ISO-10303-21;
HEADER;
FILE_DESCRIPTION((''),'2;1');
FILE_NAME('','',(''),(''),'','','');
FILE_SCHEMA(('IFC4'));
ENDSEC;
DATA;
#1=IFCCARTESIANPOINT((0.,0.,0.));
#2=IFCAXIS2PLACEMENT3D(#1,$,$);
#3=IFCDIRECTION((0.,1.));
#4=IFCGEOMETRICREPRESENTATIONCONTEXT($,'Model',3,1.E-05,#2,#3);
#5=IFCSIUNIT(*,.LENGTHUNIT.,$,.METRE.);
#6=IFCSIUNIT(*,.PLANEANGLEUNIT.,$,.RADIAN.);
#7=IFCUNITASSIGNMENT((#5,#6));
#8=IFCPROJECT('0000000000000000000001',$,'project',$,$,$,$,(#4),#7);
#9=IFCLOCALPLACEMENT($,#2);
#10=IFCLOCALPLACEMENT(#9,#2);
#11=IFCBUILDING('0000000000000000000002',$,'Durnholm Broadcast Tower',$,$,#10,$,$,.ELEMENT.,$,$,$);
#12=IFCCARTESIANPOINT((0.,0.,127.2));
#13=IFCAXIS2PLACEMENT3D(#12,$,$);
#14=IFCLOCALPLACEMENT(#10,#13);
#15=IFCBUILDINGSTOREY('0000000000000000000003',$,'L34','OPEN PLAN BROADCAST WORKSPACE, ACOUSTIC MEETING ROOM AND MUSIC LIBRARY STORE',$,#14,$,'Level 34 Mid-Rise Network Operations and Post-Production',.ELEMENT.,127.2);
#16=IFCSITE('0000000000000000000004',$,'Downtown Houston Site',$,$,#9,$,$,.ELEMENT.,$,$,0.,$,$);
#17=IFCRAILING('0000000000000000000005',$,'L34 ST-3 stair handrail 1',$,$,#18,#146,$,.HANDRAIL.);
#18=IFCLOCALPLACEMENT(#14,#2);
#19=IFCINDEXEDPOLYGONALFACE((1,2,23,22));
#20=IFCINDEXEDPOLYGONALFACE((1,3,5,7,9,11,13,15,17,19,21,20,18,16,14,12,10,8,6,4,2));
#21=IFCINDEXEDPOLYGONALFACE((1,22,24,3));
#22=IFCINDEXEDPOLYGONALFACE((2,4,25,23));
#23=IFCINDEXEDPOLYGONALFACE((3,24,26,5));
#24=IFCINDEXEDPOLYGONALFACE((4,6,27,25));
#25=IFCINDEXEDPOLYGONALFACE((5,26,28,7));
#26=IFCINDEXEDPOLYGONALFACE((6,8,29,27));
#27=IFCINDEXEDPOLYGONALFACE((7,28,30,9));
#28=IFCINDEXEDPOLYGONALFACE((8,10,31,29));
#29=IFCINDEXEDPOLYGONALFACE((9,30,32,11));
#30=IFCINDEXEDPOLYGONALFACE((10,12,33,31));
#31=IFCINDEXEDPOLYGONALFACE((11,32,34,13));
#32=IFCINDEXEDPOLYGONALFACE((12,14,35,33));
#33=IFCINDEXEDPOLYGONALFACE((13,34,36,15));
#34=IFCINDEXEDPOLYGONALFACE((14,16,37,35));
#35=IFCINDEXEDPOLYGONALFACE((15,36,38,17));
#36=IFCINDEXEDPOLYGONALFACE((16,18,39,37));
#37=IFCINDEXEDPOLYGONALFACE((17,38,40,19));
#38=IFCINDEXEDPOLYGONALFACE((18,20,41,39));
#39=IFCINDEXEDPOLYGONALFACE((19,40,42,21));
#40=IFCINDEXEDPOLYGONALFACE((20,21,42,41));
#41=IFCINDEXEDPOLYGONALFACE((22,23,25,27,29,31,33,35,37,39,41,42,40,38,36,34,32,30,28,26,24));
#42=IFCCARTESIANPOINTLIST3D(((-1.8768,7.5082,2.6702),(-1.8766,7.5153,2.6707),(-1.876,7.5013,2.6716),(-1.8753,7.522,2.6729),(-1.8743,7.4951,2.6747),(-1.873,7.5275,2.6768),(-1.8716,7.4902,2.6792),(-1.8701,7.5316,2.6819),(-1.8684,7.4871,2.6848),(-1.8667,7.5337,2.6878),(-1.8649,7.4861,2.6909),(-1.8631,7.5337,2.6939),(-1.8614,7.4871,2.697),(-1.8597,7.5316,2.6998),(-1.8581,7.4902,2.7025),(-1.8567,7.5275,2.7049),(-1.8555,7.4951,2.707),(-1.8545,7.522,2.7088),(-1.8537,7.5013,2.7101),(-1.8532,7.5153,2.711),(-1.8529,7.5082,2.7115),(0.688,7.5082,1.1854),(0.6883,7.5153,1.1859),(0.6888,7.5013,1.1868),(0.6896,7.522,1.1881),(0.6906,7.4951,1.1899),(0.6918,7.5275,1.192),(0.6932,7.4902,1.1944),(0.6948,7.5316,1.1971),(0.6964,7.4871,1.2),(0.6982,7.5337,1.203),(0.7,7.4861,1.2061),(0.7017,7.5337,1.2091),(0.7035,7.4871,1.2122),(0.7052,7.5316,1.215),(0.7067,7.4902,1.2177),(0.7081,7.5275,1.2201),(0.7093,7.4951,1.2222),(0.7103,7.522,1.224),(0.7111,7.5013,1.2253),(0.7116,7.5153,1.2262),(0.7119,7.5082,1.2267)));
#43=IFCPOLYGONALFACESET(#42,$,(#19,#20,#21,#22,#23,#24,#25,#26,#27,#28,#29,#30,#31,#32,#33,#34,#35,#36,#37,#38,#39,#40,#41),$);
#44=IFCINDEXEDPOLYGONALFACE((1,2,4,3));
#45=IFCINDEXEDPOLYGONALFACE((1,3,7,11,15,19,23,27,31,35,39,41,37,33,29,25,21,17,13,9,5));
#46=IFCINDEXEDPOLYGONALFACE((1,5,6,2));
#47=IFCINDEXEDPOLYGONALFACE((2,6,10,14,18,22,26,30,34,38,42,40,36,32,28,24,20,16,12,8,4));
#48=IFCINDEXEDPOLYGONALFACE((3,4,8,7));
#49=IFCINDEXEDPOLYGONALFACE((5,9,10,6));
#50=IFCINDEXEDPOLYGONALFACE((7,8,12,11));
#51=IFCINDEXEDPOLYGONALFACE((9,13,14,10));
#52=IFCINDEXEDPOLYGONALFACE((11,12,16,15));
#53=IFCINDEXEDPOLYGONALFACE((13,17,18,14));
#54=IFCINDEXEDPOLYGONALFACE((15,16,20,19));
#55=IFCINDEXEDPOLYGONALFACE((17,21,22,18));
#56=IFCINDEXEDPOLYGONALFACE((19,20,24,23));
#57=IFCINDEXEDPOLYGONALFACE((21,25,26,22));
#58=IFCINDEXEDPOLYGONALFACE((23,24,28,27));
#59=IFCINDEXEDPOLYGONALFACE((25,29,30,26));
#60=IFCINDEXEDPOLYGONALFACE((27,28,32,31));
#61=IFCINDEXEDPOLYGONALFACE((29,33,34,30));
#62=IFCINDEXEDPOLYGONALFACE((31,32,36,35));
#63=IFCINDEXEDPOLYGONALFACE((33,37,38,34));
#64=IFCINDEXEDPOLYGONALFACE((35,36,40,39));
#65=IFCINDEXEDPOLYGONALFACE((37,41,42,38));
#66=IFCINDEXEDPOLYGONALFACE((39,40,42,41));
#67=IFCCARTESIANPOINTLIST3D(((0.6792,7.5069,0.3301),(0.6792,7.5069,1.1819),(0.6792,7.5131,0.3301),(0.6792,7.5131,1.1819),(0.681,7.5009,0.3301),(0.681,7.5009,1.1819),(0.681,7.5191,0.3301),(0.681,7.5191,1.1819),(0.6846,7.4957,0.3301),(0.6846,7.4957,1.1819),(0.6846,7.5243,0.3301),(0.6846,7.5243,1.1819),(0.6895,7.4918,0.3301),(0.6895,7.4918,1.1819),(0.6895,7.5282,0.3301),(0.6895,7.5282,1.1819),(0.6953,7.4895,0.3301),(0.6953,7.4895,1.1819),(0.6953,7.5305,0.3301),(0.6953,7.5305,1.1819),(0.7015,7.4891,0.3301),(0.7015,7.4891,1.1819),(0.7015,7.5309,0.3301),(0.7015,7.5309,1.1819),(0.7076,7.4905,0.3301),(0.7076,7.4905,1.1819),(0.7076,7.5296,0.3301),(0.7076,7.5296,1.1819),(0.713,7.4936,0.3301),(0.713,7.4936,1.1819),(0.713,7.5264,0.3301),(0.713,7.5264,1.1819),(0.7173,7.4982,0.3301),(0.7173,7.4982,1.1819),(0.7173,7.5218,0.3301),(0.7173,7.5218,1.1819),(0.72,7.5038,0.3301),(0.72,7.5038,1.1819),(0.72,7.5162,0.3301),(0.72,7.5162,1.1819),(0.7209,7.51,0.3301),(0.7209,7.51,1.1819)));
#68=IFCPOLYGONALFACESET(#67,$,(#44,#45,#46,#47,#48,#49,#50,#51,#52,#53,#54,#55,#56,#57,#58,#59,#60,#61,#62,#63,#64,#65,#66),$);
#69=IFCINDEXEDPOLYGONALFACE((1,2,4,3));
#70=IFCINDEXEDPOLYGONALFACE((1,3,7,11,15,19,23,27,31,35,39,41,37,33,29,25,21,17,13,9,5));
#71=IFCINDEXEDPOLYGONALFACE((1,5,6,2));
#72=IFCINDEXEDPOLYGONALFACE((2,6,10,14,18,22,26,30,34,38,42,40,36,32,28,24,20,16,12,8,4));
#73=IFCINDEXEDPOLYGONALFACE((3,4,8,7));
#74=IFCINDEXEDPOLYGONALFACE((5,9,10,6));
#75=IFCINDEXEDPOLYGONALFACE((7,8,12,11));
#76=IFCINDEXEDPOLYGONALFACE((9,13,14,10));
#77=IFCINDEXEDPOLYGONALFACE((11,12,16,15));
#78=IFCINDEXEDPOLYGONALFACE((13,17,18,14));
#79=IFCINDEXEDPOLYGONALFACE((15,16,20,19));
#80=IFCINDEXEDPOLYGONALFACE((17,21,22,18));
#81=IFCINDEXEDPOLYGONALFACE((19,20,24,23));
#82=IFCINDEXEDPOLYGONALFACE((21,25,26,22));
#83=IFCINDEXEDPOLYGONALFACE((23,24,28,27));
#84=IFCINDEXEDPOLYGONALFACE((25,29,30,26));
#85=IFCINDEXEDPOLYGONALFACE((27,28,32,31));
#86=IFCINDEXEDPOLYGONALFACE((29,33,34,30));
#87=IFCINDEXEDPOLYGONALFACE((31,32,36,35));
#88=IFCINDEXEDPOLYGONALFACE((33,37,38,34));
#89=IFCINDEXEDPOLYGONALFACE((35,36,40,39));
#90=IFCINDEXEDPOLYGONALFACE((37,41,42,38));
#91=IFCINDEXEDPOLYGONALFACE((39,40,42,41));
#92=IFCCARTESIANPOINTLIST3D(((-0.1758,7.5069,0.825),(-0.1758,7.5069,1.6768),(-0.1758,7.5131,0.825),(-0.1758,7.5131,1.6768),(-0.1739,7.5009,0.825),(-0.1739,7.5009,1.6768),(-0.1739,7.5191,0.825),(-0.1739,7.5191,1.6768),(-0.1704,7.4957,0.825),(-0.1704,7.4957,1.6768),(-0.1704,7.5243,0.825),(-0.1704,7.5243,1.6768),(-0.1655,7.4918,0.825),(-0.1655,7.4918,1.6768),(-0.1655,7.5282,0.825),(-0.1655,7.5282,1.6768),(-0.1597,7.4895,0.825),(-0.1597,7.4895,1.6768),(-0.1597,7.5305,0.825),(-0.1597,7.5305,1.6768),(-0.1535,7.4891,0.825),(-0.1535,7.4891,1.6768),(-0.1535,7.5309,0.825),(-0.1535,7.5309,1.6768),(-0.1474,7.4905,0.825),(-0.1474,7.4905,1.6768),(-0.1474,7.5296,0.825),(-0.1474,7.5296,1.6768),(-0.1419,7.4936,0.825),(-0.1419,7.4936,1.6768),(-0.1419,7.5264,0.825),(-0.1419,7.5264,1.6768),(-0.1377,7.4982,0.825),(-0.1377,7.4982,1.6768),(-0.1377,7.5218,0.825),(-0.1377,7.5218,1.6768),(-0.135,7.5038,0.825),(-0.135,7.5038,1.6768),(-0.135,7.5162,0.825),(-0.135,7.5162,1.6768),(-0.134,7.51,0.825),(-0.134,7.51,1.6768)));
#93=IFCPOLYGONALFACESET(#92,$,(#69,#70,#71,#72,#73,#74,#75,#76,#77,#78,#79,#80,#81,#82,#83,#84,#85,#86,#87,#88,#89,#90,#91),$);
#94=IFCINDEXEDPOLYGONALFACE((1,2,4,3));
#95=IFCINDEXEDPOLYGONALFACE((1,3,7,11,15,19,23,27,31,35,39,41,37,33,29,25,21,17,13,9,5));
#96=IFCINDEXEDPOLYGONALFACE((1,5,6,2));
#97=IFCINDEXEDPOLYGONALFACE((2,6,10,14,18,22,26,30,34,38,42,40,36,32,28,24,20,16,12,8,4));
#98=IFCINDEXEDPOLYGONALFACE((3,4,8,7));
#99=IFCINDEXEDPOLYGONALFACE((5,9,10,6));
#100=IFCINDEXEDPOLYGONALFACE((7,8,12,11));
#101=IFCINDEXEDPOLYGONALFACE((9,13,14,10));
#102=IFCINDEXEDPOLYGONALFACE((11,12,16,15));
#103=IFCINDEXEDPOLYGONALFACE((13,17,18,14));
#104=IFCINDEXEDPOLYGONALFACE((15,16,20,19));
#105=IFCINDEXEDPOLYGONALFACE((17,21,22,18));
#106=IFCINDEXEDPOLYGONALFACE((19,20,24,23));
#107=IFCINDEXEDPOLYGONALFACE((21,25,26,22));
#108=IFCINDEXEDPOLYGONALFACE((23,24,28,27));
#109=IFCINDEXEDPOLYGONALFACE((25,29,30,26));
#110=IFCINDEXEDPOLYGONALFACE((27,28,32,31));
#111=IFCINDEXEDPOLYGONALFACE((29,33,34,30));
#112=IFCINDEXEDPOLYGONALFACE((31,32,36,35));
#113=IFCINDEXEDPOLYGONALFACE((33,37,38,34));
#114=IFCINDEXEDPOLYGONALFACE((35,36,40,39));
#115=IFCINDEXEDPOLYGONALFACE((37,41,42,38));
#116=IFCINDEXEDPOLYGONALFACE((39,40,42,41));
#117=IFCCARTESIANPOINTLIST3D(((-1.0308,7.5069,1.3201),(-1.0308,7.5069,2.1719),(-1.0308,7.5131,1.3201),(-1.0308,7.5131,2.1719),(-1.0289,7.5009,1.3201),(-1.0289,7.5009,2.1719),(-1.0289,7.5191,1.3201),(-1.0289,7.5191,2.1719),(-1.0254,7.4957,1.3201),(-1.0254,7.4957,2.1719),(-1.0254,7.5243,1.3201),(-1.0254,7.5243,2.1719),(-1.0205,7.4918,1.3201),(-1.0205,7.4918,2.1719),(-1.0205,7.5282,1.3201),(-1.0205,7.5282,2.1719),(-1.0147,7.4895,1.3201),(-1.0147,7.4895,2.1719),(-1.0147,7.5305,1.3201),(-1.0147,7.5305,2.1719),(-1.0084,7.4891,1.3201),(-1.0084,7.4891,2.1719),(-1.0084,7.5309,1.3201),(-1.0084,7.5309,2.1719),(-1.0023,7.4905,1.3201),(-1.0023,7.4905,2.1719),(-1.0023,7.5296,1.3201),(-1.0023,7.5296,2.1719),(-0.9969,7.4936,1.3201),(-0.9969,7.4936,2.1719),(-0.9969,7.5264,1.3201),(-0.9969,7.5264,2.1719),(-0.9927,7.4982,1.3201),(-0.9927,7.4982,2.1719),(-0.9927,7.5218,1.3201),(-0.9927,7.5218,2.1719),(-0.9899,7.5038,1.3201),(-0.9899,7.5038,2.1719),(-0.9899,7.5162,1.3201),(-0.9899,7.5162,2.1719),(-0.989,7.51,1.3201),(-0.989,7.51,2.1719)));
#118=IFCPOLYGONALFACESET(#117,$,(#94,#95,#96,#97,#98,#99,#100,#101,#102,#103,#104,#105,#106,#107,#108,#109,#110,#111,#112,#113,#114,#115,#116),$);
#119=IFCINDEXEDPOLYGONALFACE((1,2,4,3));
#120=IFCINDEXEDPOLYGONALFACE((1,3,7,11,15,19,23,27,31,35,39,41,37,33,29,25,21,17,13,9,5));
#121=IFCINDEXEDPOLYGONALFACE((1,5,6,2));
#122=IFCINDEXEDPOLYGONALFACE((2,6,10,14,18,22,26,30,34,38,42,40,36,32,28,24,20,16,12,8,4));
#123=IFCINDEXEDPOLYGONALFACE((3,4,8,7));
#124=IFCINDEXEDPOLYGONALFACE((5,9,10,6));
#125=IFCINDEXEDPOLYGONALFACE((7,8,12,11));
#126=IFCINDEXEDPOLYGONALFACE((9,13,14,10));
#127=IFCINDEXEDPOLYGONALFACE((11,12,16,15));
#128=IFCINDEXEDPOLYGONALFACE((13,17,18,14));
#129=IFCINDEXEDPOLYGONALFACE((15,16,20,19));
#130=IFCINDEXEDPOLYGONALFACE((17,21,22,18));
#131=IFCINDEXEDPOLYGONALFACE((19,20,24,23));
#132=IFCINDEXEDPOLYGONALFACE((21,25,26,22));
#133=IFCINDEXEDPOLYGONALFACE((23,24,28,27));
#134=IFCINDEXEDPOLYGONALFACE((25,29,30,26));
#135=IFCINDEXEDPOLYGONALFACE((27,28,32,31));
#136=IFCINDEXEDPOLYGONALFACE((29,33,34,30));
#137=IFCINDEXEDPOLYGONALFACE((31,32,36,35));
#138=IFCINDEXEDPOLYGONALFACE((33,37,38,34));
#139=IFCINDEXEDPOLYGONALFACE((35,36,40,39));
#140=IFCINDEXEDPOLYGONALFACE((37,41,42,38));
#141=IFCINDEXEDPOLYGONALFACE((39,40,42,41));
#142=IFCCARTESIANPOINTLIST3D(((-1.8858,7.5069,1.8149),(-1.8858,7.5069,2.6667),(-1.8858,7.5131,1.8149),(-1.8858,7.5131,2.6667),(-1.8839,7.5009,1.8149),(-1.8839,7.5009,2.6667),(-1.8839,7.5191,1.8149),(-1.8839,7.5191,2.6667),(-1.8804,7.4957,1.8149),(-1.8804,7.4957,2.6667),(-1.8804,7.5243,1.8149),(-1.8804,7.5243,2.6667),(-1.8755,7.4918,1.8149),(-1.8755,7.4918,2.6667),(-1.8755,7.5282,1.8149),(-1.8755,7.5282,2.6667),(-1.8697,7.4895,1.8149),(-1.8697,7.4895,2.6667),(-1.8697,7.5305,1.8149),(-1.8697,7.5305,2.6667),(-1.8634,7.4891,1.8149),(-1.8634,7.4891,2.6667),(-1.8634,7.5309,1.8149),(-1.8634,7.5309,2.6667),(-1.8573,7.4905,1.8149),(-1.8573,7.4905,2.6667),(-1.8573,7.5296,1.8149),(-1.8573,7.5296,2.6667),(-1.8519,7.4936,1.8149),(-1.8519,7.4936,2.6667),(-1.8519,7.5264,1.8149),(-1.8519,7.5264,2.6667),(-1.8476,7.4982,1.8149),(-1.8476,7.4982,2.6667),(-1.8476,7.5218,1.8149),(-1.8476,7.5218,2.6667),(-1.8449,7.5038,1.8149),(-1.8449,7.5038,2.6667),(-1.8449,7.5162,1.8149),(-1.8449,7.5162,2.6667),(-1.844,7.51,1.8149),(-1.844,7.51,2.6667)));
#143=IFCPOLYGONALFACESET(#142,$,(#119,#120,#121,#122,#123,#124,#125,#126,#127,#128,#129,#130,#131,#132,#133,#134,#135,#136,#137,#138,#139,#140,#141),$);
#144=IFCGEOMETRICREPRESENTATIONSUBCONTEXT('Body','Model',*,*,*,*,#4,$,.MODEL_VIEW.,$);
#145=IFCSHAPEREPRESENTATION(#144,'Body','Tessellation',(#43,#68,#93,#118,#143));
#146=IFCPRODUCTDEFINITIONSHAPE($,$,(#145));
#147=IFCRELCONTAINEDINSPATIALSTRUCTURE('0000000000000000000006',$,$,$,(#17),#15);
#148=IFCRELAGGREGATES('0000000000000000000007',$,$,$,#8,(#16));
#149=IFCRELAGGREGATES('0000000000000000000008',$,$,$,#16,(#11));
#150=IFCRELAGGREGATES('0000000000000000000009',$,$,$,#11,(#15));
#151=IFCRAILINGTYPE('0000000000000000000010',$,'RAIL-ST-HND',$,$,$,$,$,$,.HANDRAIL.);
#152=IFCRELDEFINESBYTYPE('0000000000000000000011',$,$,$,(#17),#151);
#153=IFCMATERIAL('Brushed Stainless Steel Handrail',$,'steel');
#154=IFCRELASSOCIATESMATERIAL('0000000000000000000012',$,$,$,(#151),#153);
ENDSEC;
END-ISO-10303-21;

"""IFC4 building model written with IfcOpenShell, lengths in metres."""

from ifc_helpers import new_model, si_unit, direction, frame, origin, origin_2d, place, context, subcontext, project, spatial, circle, extrude, material, type_object, element, save


model = new_model("IFC4")

# Units and contexts
model_context = context("Model", 3, precision=1e-05, world=origin(), true_north=direction((0.0, 1.0)))
body_context = subcontext(model_context, "Body", "Model", "MODEL_VIEW")
ifc_project = project(units=[si_unit("LENGTHUNIT", "METRE"), si_unit("PLANEANGLEUNIT", "RADIAN")], contexts=[model_context])

# Site, building, storey
site_placement = place(None, origin())
site = spatial("IfcSite", under=ifc_project, at=site_placement, Name="Downtown Houston Site", CompositionType="ELEMENT", RefElevation=0.0)
building_placement = place(site_placement, origin())
building = spatial("IfcBuilding", under=site, at=building_placement, Name="Durnholm Broadcast Tower", CompositionType="ELEMENT")
storey_placement = place(building_placement, frame((0.0, 0.0, 127.2)))
storey = spatial("IfcBuildingStorey", under=building, at=storey_placement, Name="L34", Description="OPEN PLAN BROADCAST WORKSPACE, ACOUSTIC MEETING ROOM AND MUSIC LIBRARY STORE", LongName="Level 34 Mid-Rise Network Operations and Post-Production", CompositionType="ELEMENT", Elevation=127.2)

# Railing
ifc_material_1 = material(Name="Brushed Stainless Steel Handrail", Category="steel")
railing_type_1 = type_object("IfcRailingType", Name="RAIL-ST-HND", PredefinedType="HANDRAIL", material=ifc_material_1)
railing_1_placement = place(storey_placement, frame((0.7, 7.51, 0.3301)))
element("IfcRailing", 1, at=railing_1_placement, inside=storey, type_object=railing_type_1, Name="L34 ST-3 stair handrail 1", PredefinedType="HANDRAIL", context=body_context, shape_type="SweptSolid", body=[
    extrude(circle(Radius=0.0239, at=origin_2d()), frame((0.0, 0.0, 0.876), z_axis=(-0.865441, 0.0, 0.50101), x_axis=(0.0, -1.0, 0.0)), (0.0, 0.0, 1.0), 2.9636),
    extrude(circle(Radius=0.021, at=origin_2d()), origin(), (0.0, 0.0, 1.0), 0.8518),
    extrude(circle(Radius=0.021, at=origin_2d()), frame((-0.855, 0.0, 0.4949)), (0.0, 0.0, 1.0), 0.8518),
    extrude(circle(Radius=0.021, at=origin_2d()), frame((-1.71, 0.0, 0.99)), (0.0, 0.0, 1.0), 0.8518),
    extrude(circle(Radius=0.021, at=origin_2d()), frame((-2.5649, 0.0, 1.4849)), (0.0, 0.0, 1.0), 0.8518),
])

save(model, "model.ifc")
